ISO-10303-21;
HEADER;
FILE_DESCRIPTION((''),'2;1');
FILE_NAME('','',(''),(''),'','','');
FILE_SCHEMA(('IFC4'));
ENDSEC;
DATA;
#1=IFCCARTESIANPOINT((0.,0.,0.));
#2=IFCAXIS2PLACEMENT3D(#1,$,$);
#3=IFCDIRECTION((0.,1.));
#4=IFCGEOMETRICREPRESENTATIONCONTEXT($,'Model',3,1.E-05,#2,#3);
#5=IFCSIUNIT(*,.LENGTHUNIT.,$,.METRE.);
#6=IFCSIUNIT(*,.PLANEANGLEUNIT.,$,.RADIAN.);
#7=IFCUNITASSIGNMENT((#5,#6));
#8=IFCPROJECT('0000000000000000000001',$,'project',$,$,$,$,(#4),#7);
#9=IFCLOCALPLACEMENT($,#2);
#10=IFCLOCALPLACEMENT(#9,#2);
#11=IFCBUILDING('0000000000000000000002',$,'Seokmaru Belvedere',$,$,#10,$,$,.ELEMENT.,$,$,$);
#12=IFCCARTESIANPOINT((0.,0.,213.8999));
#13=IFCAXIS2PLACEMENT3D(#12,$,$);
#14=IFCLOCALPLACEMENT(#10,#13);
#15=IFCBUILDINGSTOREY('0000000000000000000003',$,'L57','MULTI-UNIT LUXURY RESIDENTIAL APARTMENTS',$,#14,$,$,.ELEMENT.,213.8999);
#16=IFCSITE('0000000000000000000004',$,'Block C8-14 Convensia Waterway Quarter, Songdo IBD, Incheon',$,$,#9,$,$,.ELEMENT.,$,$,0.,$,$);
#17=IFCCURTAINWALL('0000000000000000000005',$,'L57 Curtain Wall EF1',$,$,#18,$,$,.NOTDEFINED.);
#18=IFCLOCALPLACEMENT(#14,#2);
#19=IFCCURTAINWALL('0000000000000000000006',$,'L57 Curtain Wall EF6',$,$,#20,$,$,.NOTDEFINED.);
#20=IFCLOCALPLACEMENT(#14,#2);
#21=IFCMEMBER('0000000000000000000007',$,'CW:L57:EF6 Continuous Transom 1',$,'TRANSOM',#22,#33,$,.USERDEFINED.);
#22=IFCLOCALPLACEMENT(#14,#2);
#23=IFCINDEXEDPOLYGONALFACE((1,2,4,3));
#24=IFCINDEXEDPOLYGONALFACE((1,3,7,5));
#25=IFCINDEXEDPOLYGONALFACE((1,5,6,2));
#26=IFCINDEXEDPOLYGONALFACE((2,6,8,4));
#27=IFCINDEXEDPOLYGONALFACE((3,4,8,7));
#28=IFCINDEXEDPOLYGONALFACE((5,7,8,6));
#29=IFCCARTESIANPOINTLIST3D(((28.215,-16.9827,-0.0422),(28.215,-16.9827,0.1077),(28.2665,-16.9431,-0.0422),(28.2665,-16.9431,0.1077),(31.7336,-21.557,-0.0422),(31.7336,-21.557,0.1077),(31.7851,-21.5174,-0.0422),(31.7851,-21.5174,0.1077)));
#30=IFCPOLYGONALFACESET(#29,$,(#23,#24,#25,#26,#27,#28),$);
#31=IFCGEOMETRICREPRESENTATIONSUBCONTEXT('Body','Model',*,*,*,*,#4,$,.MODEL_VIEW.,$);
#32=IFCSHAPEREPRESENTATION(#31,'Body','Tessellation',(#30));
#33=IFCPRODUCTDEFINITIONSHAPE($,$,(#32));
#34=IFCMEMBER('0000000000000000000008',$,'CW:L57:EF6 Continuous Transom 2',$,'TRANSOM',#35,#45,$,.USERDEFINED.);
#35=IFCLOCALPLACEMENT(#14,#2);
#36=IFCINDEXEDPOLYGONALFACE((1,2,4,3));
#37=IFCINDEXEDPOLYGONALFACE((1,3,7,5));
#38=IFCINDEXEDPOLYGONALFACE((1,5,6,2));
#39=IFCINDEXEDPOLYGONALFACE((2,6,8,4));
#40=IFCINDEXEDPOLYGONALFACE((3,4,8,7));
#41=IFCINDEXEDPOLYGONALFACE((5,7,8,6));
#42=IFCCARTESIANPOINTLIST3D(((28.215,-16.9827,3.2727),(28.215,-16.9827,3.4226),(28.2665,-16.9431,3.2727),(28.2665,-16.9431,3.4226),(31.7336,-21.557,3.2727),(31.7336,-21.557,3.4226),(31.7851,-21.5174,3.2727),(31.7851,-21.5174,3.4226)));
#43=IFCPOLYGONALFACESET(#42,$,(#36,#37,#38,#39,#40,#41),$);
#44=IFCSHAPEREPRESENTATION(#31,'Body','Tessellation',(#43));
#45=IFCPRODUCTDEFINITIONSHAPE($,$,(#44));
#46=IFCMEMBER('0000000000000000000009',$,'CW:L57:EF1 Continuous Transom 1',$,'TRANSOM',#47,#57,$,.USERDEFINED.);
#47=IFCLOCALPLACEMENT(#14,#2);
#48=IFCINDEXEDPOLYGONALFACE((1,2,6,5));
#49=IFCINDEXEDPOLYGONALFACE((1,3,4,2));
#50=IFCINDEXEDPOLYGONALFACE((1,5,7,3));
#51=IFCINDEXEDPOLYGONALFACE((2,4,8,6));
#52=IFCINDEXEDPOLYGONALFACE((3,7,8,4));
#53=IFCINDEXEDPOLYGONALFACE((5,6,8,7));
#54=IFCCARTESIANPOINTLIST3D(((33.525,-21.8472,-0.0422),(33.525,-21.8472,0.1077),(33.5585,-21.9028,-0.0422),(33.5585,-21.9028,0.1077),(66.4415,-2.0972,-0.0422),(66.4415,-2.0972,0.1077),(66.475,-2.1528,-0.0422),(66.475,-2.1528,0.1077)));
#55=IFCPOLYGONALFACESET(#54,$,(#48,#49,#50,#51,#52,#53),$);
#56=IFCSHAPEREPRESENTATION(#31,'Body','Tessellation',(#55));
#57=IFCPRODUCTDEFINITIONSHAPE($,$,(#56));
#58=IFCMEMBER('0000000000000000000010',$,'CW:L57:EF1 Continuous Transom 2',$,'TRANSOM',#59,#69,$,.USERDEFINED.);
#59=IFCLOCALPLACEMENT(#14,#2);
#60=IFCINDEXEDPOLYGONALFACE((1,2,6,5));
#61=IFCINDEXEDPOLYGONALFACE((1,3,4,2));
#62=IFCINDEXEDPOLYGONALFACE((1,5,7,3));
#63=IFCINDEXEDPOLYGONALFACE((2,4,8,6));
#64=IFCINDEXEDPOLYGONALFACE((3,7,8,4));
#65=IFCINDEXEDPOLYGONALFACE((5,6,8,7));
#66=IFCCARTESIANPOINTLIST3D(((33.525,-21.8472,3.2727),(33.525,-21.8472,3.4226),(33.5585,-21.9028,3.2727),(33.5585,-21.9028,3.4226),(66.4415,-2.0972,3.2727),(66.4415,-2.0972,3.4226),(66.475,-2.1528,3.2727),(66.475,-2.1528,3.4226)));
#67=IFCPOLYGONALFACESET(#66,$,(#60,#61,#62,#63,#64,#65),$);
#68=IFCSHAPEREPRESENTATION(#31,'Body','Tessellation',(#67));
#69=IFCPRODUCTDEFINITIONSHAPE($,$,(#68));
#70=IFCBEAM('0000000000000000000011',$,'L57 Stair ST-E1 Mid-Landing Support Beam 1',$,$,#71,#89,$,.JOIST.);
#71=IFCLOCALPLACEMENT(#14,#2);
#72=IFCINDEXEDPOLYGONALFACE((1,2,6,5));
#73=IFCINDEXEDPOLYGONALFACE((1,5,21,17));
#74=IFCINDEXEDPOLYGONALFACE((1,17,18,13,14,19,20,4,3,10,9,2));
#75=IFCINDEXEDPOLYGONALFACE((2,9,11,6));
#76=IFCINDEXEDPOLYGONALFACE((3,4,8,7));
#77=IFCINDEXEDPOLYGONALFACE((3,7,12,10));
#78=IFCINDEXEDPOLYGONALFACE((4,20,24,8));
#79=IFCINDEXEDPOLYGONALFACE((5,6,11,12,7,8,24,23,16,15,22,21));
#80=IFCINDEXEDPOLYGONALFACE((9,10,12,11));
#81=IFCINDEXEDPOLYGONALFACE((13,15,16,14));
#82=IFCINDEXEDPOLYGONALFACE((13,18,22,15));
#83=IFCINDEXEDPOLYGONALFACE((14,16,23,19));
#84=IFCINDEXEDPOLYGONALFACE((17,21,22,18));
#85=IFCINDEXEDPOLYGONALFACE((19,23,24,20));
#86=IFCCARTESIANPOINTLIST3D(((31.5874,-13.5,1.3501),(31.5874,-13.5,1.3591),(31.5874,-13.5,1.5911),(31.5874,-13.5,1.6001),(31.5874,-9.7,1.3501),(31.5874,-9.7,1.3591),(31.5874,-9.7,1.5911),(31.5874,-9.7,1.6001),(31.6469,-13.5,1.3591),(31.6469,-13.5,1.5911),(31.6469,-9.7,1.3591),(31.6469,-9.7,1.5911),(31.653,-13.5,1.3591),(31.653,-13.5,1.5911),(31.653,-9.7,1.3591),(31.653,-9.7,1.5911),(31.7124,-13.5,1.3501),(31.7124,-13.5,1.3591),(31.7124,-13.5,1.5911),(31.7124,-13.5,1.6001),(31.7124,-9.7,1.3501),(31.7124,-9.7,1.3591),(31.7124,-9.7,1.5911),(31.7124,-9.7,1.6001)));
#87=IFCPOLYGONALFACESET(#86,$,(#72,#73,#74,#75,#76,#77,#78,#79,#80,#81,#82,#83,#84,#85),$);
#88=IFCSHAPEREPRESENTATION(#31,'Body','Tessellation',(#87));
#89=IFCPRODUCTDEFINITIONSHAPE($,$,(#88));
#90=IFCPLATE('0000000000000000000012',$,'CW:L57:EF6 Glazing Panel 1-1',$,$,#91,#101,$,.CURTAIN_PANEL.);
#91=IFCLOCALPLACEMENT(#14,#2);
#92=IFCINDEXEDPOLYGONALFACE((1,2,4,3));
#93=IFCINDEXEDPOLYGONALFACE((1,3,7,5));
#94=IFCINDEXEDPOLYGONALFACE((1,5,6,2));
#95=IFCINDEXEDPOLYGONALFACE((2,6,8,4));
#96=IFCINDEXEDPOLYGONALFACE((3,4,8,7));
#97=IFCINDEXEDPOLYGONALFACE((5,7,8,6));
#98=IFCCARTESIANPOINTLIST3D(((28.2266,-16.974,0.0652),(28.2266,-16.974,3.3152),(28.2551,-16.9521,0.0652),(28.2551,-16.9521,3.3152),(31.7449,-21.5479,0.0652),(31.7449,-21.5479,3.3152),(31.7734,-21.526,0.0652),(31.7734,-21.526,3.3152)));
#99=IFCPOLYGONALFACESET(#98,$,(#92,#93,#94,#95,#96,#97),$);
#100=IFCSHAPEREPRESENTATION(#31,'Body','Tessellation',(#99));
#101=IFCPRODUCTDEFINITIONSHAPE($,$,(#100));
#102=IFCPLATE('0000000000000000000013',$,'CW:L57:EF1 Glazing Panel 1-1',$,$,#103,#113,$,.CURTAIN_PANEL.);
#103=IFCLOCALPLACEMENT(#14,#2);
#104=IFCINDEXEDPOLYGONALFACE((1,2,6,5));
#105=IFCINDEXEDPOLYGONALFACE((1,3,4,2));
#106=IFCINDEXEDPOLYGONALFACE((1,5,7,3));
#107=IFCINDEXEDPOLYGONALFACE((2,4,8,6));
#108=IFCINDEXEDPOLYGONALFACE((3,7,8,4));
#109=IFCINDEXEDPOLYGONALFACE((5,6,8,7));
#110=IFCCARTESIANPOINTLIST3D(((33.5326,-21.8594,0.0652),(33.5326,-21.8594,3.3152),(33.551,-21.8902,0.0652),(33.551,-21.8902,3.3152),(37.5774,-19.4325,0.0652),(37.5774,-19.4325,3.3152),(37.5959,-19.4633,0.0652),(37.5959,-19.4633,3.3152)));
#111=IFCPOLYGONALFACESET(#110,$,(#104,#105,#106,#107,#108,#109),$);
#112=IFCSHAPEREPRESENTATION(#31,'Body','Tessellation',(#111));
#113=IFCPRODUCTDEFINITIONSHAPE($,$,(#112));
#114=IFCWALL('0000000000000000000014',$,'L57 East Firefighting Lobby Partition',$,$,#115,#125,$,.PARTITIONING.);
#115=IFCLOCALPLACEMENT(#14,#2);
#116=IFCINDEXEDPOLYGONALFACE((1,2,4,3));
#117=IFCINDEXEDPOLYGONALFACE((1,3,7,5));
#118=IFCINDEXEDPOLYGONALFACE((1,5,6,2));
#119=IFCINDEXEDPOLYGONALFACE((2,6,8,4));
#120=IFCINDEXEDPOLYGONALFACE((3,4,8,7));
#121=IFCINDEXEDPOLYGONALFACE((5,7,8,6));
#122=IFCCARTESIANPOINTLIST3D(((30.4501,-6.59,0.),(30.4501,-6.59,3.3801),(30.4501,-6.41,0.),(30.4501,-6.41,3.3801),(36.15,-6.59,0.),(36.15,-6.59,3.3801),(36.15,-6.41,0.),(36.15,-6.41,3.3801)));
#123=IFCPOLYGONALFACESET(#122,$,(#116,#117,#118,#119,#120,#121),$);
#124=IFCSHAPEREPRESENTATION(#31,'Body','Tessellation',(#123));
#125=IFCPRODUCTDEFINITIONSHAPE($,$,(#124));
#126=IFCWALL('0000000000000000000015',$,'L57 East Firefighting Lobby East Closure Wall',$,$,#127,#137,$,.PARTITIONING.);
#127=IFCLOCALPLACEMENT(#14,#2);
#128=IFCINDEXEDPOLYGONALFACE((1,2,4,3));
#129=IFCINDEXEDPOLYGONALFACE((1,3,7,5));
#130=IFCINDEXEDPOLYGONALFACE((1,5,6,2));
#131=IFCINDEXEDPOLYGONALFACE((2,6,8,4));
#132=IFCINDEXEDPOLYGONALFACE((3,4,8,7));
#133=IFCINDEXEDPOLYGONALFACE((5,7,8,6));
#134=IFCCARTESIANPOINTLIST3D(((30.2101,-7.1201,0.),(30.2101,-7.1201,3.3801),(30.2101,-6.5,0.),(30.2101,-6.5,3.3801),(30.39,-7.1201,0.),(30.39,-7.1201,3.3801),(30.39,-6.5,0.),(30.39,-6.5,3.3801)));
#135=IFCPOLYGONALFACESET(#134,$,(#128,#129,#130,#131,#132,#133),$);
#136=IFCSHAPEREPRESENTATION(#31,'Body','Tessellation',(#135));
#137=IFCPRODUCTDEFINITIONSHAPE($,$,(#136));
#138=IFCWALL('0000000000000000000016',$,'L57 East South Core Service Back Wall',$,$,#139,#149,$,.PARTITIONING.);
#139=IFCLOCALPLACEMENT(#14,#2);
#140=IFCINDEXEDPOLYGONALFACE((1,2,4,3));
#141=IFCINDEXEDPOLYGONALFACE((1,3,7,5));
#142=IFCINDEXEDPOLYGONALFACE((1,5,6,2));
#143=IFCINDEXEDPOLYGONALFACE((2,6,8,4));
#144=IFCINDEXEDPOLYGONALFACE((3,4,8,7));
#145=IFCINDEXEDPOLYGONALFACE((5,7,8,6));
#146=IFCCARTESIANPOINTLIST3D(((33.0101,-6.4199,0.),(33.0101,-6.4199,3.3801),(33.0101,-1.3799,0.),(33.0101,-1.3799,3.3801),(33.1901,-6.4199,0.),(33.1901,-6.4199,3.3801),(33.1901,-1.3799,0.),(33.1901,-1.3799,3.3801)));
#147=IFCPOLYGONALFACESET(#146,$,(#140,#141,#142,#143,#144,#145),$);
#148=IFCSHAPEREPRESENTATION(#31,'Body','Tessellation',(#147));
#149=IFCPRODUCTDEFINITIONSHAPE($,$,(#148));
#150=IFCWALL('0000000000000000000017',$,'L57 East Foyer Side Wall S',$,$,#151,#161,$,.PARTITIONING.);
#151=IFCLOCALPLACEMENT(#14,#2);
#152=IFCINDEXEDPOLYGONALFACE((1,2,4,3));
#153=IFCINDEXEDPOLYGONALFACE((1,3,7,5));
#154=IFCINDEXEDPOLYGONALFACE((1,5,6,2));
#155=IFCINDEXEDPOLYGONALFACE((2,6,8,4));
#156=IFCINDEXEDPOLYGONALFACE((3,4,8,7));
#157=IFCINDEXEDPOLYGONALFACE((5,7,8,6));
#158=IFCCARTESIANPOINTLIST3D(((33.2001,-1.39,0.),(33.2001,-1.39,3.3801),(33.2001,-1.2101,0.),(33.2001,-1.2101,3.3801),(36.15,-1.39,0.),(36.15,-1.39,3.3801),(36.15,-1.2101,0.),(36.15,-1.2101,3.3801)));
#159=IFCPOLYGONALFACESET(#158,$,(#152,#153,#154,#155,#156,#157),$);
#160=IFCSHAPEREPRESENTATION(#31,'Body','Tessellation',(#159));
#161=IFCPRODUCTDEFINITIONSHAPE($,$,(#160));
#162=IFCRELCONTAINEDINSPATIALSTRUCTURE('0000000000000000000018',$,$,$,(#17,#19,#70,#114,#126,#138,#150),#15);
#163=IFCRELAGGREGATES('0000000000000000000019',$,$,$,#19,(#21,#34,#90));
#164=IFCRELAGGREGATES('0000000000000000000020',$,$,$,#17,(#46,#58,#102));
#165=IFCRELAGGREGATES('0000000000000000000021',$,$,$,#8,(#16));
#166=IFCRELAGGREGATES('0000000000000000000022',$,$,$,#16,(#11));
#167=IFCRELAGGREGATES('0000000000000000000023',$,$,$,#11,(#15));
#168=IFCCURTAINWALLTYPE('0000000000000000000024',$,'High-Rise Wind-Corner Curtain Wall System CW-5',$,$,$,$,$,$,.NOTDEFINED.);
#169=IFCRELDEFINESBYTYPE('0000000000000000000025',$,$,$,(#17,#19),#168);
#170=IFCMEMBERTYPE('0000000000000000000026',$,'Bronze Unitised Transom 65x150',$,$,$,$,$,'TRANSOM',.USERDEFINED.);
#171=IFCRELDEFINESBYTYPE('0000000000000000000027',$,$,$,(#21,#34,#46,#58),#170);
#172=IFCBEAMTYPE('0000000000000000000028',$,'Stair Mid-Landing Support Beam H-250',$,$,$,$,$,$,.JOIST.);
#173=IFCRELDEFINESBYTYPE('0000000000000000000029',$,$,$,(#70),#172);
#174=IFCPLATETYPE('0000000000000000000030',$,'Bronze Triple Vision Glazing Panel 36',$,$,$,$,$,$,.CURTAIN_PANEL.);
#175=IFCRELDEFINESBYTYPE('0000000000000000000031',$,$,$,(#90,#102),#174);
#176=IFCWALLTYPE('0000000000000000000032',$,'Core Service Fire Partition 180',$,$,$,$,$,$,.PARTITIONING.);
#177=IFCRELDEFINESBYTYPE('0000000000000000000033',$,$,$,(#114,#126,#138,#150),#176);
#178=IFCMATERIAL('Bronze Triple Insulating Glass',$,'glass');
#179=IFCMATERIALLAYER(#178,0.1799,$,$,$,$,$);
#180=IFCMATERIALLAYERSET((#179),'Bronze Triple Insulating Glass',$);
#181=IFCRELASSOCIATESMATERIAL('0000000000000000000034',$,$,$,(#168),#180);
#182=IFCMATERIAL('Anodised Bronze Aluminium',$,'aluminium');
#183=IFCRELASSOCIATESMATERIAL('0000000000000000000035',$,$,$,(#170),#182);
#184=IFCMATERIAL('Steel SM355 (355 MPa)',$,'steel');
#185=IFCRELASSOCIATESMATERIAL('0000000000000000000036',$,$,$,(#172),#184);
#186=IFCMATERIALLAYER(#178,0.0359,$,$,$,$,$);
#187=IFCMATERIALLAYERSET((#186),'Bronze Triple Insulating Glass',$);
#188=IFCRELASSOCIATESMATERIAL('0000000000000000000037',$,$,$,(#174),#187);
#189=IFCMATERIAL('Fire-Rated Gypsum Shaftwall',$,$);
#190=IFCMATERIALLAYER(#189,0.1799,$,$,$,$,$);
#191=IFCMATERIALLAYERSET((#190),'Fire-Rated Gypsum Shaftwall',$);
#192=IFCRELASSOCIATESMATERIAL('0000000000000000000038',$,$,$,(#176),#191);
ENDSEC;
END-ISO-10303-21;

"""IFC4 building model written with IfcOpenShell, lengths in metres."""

from ifc_helpers import new_model, si_unit, direction, frame, frame_2d, origin, origin_2d, place, context, subcontext, project, spatial, rectangle, i_section, extrude, source, transform, mapped, material, layer, layer_set, material_profile, profile_set, type_object, type_shapes, element, aggregate, save


model = new_model("IFC4")

# Units and contexts
model_context = context("Model", 3, precision=1e-05, world=origin(), true_north=direction((0.0, 1.0)))
body_context = subcontext(model_context, "Body", "Model", "MODEL_VIEW")
ifc_project = project(units=[si_unit("LENGTHUNIT", "METRE"), si_unit("PLANEANGLEUNIT", "RADIAN")], contexts=[model_context])

# Site, building, storey
site_placement = place(None, origin())
site = spatial("IfcSite", under=ifc_project, at=site_placement, Name="Block C8-14 Convensia Waterway Quarter, Songdo IBD, Incheon", CompositionType="ELEMENT", RefElevation=0.0)
building_placement = place(site_placement, origin())
building = spatial("IfcBuilding", under=site, at=building_placement, Name="Seokmaru Belvedere", CompositionType="ELEMENT")
storey_placement = place(building_placement, frame((0.0, 0.0, 213.8999)))
storey = spatial("IfcBuildingStorey", under=building, at=storey_placement, Name="L57", Description="MULTI-UNIT LUXURY RESIDENTIAL APARTMENTS", CompositionType="ELEMENT", Elevation=213.8999)

# Shared definitions
ifc_material_1 = material(Name="Steel SM355 (355 MPa)", Category="steel")

# Curtain wall
ifc_material_2 = material(Name="Bronze Triple Insulating Glass", Category="glass")
ifc_layer_1 = layer(ifc_material_2, 0.1799)
ifc_layer_set_1 = layer_set([ifc_layer_1], Name="Bronze Triple Insulating Glass")
curtain_wall_type = type_object("IfcCurtainWallType", Name="High-Rise Wind-Corner Curtain Wall System CW-5", PredefinedType="NOTDEFINED", material=ifc_layer_set_1)
curtain_wall_1_placement = place(storey_placement, origin())
curtain_wall_1 = element("IfcCurtainWall", 1, at=curtain_wall_1_placement, inside=storey, type_object=curtain_wall_type, Name="L57 Curtain Wall EF1", PredefinedType="NOTDEFINED")
ifc_material_3 = material(Name="Anodised Bronze Aluminium", Category="aluminium")

# Curtain wall, members
curtain_wall_2_placement = place(storey_placement, origin())
curtain_wall_2 = element("IfcCurtainWall", 2, at=curtain_wall_2_placement, inside=storey, type_object=curtain_wall_type, Name="L57 Curtain Wall EF6", PredefinedType="NOTDEFINED")
ifc_material_profile_1 = material_profile(ifc_material_3, rectangle(XDim=0.0649, YDim=0.1499, at=origin_2d()), Name="CW-T-65x150")
ifc_profile_set_1 = profile_set([ifc_material_profile_1], Name="Anodised Bronze Aluminium")
member_type_1 = type_object("IfcMemberType", Name="Bronze Unitised Transom 65x150", ElementType="TRANSOM", PredefinedType="USERDEFINED", material=ifc_profile_set_1)
shared_shape_1 = source(origin(), body_context, "Body", "SweptSolid", [
    extrude(rectangle(XDim=0.0649, YDim=0.1499, at=origin_2d()), origin(), (0.0, 0.0, 1.0), 5.771),
])
member_1_placement = place(storey_placement, frame((28.2407, -16.9629, 0.0327), z_axis=(0.609703, -0.79263, 0.0), x_axis=(0.79263, 0.609703, 0.0)))
member_1 = element("IfcMember", 3, at=member_1_placement, type_object=member_type_1, Name="CW:L57:EF6 Continuous Transom 1", ObjectType="TRANSOM", PredefinedType="USERDEFINED", context=body_context, shape_type="MappedRepresentation", body=[
    mapped(shared_shape_1, transform((0.0, 0.0, 0.0), scale=1.0)),
])
member_2_placement = place(storey_placement, frame((28.2407, -16.9629, 3.3477), z_axis=(0.609703, -0.79263, 0.0), x_axis=(0.79263, 0.609703, 0.0)))
member_2 = element("IfcMember", 4, at=member_2_placement, type_object=member_type_1, Name="CW:L57:EF6 Continuous Transom 2", ObjectType="TRANSOM", PredefinedType="USERDEFINED", context=body_context, shape_type="MappedRepresentation", body=[
    mapped(shared_shape_1, transform((0.0, 0.0, 0.0), scale=1.0)),
])

# Members
shared_shape_2 = source(origin(), body_context, "Body", "SweptSolid", [
    extrude(rectangle(XDim=0.0649, YDim=0.1499, at=origin_2d()), origin(), (0.0, 0.0, 1.0), 38.387),
])
type_shapes(member_type_1, [shared_shape_1, shared_shape_2])
member_3_placement = place(storey_placement, frame((33.5417, -21.875, 0.0327), z_axis=(0.857492, 0.514498, 0.0), x_axis=(-0.514498, 0.857492, 0.0)))
member_3 = element("IfcMember", 5, at=member_3_placement, type_object=member_type_1, Name="CW:L57:EF1 Continuous Transom 1", ObjectType="TRANSOM", PredefinedType="USERDEFINED", context=body_context, shape_type="MappedRepresentation", body=[
    mapped(shared_shape_2, transform((0.0, 0.0, 0.0), scale=1.0)),
])
member_4_placement = place(storey_placement, frame((33.5417, -21.875, 3.3477), z_axis=(0.857492, 0.514498, 0.0), x_axis=(-0.514498, 0.857492, 0.0)))
member_4 = element("IfcMember", 6, at=member_4_placement, type_object=member_type_1, Name="CW:L57:EF1 Continuous Transom 2", ObjectType="TRANSOM", PredefinedType="USERDEFINED", context=body_context, shape_type="MappedRepresentation", body=[
    mapped(shared_shape_2, transform((0.0, 0.0, 0.0), scale=1.0)),
])

# Beam
ifc_material_profile_2 = material_profile(ifc_material_1, i_section(OverallWidth=0.125, OverallDepth=0.25, WebThickness=0.0061, FlangeThickness=0.009, at=origin_2d()), Name="H-250x125x6x9")
ifc_profile_set_2 = profile_set([ifc_material_profile_2], Name="Steel SM355 (355 MPa)")
beam_type_1 = type_object("IfcBeamType", Name="Stair Mid-Landing Support Beam H-250", PredefinedType="JOIST", material=ifc_profile_set_2)
shared_shape_3 = source(origin(), body_context, "Body", "SweptSolid", [
    extrude(i_section(OverallWidth=0.125, OverallDepth=0.25, WebThickness=0.0061, FlangeThickness=0.009, at=origin_2d()), origin(), (0.0, 0.0, 1.0), 3.8),
])
type_shapes(beam_type_1, [shared_shape_3])
beam_1_placement = place(storey_placement, frame((31.6499, -13.5, 1.4751), z_axis=(0.0, 1.0, 0.0), x_axis=(-1.0, 0.0, 0.0)))
element("IfcBeam", 7, at=beam_1_placement, inside=storey, type_object=beam_type_1, Name="L57 Stair ST-E1 Mid-Landing Support Beam 1", PredefinedType="JOIST", context=body_context, shape_type="MappedRepresentation", body=[
    mapped(shared_shape_3, transform((0.0, 0.0, 0.0), scale=1.0)),
])

# Plates
ifc_layer_2 = layer(ifc_material_2, 0.0359)
ifc_layer_set_2 = layer_set([ifc_layer_2], Name="Bronze Triple Insulating Glass")
plate_type = type_object("IfcPlateType", Name="Bronze Triple Vision Glazing Panel 36", PredefinedType="CURTAIN_PANEL", material=ifc_layer_set_2)
shared_shape_4 = source(origin(), body_context, "Body", "SweptSolid", [
    extrude(rectangle(XDim=5.7705, YDim=0.0359, at=origin_2d()), origin(), (0.0, 0.0, 1.0), 3.25),
])
plate_1_placement = place(storey_placement, frame((30.0, -19.25, 0.0652), z_axis=(0.0, 0.0, 1.0), x_axis=(0.609701, -0.792631, 0.0)))
plate_1 = element("IfcPlate", 8, at=plate_1_placement, type_object=plate_type, Name="CW:L57:EF6 Glazing Panel 1-1", PredefinedType="CURTAIN_PANEL", context=body_context, shape_type="MappedRepresentation", body=[
    mapped(shared_shape_4, transform((0.0, 0.0, 0.0), scale=1.0)),
])
aggregate(curtain_wall_2, [member_1, member_2, plate_1])
shared_shape_5 = source(origin(), body_context, "Body", "SweptSolid", [
    extrude(rectangle(XDim=4.717, YDim=0.0359, at=origin_2d()), origin(), (0.0, 0.0, 1.0), 3.25),
])
type_shapes(plate_type, [shared_shape_4, shared_shape_5])
plate_2_placement = place(storey_placement, frame((35.5642, -20.6614, 0.0652), z_axis=(0.0, 0.0, 1.0), x_axis=(0.857493, 0.514495, 0.0)))
plate_2 = element("IfcPlate", 9, at=plate_2_placement, type_object=plate_type, Name="CW:L57:EF1 Glazing Panel 1-1", PredefinedType="CURTAIN_PANEL", context=body_context, shape_type="MappedRepresentation", body=[
    mapped(shared_shape_5, transform((0.0, 0.0, 0.0), scale=1.0)),
])
aggregate(curtain_wall_1, [member_3, member_4, plate_2])

# Walls
ifc_material_4 = material(Name="Fire-Rated Gypsum Shaftwall")
ifc_layer_3 = layer(ifc_material_4, 0.1799)
ifc_layer_set_3 = layer_set([ifc_layer_3], Name="Fire-Rated Gypsum Shaftwall")
wall_type_1 = type_object("IfcWallType", Name="Core Service Fire Partition 180", PredefinedType="PARTITIONING", material=ifc_layer_set_3)
wall_1_placement = place(storey_placement, frame((30.45, -6.5, 0.0), z_axis=(0.0, 0.0, 1.0), x_axis=(1.0, 0.0, 0.0)))
element("IfcWall", 10, at=wall_1_placement, inside=storey, type_object=wall_type_1, Name="L57 East Firefighting Lobby Partition", PredefinedType="PARTITIONING", context=body_context, shape_type="SweptSolid", body=[
    extrude(rectangle(XDim=5.7, YDim=0.1799, at=frame_2d((2.8501, 0.0))), origin(), (0.0, 0.0, 1.0), 3.3801),
])
wall_2_placement = place(storey_placement, frame((30.3, -7.1201, 0.0), z_axis=(0.0, 0.0, 1.0), x_axis=(0.0, 1.0, 0.0)))
element("IfcWall", 11, at=wall_2_placement, inside=storey, type_object=wall_type_1, Name="L57 East Firefighting Lobby East Closure Wall", PredefinedType="PARTITIONING", context=body_context, shape_type="SweptSolid", body=[
    extrude(rectangle(XDim=0.6201, YDim=0.1799, at=frame_2d((0.3101, 0.0))), origin(), (0.0, 0.0, 1.0), 3.3801),
])
wall_3_placement = place(storey_placement, frame((33.1001, -6.4199, 0.0), z_axis=(0.0, 0.0, 1.0), x_axis=(0.0, 1.0, 0.0)))
element("IfcWall", 12, at=wall_3_placement, inside=storey, type_object=wall_type_1, Name="L57 East South Core Service Back Wall", PredefinedType="PARTITIONING", context=body_context, shape_type="SweptSolid", body=[
    extrude(rectangle(XDim=5.04, YDim=0.1799, at=frame_2d((2.52, 0.0))), origin(), (0.0, 0.0, 1.0), 3.3801),
])
wall_4_placement = place(storey_placement, frame((33.2, -1.3, 0.0), z_axis=(0.0, 0.0, 1.0), x_axis=(1.0, 0.0, 0.0)))
element("IfcWall", 13, at=wall_4_placement, inside=storey, type_object=wall_type_1, Name="L57 East Foyer Side Wall S", PredefinedType="PARTITIONING", context=body_context, shape_type="SweptSolid", body=[
    extrude(rectangle(XDim=2.95, YDim=0.1799, at=frame_2d((1.4751, 0.0))), origin(), (0.0, 0.0, 1.0), 3.3801),
])

save(model, "model.ifc")
